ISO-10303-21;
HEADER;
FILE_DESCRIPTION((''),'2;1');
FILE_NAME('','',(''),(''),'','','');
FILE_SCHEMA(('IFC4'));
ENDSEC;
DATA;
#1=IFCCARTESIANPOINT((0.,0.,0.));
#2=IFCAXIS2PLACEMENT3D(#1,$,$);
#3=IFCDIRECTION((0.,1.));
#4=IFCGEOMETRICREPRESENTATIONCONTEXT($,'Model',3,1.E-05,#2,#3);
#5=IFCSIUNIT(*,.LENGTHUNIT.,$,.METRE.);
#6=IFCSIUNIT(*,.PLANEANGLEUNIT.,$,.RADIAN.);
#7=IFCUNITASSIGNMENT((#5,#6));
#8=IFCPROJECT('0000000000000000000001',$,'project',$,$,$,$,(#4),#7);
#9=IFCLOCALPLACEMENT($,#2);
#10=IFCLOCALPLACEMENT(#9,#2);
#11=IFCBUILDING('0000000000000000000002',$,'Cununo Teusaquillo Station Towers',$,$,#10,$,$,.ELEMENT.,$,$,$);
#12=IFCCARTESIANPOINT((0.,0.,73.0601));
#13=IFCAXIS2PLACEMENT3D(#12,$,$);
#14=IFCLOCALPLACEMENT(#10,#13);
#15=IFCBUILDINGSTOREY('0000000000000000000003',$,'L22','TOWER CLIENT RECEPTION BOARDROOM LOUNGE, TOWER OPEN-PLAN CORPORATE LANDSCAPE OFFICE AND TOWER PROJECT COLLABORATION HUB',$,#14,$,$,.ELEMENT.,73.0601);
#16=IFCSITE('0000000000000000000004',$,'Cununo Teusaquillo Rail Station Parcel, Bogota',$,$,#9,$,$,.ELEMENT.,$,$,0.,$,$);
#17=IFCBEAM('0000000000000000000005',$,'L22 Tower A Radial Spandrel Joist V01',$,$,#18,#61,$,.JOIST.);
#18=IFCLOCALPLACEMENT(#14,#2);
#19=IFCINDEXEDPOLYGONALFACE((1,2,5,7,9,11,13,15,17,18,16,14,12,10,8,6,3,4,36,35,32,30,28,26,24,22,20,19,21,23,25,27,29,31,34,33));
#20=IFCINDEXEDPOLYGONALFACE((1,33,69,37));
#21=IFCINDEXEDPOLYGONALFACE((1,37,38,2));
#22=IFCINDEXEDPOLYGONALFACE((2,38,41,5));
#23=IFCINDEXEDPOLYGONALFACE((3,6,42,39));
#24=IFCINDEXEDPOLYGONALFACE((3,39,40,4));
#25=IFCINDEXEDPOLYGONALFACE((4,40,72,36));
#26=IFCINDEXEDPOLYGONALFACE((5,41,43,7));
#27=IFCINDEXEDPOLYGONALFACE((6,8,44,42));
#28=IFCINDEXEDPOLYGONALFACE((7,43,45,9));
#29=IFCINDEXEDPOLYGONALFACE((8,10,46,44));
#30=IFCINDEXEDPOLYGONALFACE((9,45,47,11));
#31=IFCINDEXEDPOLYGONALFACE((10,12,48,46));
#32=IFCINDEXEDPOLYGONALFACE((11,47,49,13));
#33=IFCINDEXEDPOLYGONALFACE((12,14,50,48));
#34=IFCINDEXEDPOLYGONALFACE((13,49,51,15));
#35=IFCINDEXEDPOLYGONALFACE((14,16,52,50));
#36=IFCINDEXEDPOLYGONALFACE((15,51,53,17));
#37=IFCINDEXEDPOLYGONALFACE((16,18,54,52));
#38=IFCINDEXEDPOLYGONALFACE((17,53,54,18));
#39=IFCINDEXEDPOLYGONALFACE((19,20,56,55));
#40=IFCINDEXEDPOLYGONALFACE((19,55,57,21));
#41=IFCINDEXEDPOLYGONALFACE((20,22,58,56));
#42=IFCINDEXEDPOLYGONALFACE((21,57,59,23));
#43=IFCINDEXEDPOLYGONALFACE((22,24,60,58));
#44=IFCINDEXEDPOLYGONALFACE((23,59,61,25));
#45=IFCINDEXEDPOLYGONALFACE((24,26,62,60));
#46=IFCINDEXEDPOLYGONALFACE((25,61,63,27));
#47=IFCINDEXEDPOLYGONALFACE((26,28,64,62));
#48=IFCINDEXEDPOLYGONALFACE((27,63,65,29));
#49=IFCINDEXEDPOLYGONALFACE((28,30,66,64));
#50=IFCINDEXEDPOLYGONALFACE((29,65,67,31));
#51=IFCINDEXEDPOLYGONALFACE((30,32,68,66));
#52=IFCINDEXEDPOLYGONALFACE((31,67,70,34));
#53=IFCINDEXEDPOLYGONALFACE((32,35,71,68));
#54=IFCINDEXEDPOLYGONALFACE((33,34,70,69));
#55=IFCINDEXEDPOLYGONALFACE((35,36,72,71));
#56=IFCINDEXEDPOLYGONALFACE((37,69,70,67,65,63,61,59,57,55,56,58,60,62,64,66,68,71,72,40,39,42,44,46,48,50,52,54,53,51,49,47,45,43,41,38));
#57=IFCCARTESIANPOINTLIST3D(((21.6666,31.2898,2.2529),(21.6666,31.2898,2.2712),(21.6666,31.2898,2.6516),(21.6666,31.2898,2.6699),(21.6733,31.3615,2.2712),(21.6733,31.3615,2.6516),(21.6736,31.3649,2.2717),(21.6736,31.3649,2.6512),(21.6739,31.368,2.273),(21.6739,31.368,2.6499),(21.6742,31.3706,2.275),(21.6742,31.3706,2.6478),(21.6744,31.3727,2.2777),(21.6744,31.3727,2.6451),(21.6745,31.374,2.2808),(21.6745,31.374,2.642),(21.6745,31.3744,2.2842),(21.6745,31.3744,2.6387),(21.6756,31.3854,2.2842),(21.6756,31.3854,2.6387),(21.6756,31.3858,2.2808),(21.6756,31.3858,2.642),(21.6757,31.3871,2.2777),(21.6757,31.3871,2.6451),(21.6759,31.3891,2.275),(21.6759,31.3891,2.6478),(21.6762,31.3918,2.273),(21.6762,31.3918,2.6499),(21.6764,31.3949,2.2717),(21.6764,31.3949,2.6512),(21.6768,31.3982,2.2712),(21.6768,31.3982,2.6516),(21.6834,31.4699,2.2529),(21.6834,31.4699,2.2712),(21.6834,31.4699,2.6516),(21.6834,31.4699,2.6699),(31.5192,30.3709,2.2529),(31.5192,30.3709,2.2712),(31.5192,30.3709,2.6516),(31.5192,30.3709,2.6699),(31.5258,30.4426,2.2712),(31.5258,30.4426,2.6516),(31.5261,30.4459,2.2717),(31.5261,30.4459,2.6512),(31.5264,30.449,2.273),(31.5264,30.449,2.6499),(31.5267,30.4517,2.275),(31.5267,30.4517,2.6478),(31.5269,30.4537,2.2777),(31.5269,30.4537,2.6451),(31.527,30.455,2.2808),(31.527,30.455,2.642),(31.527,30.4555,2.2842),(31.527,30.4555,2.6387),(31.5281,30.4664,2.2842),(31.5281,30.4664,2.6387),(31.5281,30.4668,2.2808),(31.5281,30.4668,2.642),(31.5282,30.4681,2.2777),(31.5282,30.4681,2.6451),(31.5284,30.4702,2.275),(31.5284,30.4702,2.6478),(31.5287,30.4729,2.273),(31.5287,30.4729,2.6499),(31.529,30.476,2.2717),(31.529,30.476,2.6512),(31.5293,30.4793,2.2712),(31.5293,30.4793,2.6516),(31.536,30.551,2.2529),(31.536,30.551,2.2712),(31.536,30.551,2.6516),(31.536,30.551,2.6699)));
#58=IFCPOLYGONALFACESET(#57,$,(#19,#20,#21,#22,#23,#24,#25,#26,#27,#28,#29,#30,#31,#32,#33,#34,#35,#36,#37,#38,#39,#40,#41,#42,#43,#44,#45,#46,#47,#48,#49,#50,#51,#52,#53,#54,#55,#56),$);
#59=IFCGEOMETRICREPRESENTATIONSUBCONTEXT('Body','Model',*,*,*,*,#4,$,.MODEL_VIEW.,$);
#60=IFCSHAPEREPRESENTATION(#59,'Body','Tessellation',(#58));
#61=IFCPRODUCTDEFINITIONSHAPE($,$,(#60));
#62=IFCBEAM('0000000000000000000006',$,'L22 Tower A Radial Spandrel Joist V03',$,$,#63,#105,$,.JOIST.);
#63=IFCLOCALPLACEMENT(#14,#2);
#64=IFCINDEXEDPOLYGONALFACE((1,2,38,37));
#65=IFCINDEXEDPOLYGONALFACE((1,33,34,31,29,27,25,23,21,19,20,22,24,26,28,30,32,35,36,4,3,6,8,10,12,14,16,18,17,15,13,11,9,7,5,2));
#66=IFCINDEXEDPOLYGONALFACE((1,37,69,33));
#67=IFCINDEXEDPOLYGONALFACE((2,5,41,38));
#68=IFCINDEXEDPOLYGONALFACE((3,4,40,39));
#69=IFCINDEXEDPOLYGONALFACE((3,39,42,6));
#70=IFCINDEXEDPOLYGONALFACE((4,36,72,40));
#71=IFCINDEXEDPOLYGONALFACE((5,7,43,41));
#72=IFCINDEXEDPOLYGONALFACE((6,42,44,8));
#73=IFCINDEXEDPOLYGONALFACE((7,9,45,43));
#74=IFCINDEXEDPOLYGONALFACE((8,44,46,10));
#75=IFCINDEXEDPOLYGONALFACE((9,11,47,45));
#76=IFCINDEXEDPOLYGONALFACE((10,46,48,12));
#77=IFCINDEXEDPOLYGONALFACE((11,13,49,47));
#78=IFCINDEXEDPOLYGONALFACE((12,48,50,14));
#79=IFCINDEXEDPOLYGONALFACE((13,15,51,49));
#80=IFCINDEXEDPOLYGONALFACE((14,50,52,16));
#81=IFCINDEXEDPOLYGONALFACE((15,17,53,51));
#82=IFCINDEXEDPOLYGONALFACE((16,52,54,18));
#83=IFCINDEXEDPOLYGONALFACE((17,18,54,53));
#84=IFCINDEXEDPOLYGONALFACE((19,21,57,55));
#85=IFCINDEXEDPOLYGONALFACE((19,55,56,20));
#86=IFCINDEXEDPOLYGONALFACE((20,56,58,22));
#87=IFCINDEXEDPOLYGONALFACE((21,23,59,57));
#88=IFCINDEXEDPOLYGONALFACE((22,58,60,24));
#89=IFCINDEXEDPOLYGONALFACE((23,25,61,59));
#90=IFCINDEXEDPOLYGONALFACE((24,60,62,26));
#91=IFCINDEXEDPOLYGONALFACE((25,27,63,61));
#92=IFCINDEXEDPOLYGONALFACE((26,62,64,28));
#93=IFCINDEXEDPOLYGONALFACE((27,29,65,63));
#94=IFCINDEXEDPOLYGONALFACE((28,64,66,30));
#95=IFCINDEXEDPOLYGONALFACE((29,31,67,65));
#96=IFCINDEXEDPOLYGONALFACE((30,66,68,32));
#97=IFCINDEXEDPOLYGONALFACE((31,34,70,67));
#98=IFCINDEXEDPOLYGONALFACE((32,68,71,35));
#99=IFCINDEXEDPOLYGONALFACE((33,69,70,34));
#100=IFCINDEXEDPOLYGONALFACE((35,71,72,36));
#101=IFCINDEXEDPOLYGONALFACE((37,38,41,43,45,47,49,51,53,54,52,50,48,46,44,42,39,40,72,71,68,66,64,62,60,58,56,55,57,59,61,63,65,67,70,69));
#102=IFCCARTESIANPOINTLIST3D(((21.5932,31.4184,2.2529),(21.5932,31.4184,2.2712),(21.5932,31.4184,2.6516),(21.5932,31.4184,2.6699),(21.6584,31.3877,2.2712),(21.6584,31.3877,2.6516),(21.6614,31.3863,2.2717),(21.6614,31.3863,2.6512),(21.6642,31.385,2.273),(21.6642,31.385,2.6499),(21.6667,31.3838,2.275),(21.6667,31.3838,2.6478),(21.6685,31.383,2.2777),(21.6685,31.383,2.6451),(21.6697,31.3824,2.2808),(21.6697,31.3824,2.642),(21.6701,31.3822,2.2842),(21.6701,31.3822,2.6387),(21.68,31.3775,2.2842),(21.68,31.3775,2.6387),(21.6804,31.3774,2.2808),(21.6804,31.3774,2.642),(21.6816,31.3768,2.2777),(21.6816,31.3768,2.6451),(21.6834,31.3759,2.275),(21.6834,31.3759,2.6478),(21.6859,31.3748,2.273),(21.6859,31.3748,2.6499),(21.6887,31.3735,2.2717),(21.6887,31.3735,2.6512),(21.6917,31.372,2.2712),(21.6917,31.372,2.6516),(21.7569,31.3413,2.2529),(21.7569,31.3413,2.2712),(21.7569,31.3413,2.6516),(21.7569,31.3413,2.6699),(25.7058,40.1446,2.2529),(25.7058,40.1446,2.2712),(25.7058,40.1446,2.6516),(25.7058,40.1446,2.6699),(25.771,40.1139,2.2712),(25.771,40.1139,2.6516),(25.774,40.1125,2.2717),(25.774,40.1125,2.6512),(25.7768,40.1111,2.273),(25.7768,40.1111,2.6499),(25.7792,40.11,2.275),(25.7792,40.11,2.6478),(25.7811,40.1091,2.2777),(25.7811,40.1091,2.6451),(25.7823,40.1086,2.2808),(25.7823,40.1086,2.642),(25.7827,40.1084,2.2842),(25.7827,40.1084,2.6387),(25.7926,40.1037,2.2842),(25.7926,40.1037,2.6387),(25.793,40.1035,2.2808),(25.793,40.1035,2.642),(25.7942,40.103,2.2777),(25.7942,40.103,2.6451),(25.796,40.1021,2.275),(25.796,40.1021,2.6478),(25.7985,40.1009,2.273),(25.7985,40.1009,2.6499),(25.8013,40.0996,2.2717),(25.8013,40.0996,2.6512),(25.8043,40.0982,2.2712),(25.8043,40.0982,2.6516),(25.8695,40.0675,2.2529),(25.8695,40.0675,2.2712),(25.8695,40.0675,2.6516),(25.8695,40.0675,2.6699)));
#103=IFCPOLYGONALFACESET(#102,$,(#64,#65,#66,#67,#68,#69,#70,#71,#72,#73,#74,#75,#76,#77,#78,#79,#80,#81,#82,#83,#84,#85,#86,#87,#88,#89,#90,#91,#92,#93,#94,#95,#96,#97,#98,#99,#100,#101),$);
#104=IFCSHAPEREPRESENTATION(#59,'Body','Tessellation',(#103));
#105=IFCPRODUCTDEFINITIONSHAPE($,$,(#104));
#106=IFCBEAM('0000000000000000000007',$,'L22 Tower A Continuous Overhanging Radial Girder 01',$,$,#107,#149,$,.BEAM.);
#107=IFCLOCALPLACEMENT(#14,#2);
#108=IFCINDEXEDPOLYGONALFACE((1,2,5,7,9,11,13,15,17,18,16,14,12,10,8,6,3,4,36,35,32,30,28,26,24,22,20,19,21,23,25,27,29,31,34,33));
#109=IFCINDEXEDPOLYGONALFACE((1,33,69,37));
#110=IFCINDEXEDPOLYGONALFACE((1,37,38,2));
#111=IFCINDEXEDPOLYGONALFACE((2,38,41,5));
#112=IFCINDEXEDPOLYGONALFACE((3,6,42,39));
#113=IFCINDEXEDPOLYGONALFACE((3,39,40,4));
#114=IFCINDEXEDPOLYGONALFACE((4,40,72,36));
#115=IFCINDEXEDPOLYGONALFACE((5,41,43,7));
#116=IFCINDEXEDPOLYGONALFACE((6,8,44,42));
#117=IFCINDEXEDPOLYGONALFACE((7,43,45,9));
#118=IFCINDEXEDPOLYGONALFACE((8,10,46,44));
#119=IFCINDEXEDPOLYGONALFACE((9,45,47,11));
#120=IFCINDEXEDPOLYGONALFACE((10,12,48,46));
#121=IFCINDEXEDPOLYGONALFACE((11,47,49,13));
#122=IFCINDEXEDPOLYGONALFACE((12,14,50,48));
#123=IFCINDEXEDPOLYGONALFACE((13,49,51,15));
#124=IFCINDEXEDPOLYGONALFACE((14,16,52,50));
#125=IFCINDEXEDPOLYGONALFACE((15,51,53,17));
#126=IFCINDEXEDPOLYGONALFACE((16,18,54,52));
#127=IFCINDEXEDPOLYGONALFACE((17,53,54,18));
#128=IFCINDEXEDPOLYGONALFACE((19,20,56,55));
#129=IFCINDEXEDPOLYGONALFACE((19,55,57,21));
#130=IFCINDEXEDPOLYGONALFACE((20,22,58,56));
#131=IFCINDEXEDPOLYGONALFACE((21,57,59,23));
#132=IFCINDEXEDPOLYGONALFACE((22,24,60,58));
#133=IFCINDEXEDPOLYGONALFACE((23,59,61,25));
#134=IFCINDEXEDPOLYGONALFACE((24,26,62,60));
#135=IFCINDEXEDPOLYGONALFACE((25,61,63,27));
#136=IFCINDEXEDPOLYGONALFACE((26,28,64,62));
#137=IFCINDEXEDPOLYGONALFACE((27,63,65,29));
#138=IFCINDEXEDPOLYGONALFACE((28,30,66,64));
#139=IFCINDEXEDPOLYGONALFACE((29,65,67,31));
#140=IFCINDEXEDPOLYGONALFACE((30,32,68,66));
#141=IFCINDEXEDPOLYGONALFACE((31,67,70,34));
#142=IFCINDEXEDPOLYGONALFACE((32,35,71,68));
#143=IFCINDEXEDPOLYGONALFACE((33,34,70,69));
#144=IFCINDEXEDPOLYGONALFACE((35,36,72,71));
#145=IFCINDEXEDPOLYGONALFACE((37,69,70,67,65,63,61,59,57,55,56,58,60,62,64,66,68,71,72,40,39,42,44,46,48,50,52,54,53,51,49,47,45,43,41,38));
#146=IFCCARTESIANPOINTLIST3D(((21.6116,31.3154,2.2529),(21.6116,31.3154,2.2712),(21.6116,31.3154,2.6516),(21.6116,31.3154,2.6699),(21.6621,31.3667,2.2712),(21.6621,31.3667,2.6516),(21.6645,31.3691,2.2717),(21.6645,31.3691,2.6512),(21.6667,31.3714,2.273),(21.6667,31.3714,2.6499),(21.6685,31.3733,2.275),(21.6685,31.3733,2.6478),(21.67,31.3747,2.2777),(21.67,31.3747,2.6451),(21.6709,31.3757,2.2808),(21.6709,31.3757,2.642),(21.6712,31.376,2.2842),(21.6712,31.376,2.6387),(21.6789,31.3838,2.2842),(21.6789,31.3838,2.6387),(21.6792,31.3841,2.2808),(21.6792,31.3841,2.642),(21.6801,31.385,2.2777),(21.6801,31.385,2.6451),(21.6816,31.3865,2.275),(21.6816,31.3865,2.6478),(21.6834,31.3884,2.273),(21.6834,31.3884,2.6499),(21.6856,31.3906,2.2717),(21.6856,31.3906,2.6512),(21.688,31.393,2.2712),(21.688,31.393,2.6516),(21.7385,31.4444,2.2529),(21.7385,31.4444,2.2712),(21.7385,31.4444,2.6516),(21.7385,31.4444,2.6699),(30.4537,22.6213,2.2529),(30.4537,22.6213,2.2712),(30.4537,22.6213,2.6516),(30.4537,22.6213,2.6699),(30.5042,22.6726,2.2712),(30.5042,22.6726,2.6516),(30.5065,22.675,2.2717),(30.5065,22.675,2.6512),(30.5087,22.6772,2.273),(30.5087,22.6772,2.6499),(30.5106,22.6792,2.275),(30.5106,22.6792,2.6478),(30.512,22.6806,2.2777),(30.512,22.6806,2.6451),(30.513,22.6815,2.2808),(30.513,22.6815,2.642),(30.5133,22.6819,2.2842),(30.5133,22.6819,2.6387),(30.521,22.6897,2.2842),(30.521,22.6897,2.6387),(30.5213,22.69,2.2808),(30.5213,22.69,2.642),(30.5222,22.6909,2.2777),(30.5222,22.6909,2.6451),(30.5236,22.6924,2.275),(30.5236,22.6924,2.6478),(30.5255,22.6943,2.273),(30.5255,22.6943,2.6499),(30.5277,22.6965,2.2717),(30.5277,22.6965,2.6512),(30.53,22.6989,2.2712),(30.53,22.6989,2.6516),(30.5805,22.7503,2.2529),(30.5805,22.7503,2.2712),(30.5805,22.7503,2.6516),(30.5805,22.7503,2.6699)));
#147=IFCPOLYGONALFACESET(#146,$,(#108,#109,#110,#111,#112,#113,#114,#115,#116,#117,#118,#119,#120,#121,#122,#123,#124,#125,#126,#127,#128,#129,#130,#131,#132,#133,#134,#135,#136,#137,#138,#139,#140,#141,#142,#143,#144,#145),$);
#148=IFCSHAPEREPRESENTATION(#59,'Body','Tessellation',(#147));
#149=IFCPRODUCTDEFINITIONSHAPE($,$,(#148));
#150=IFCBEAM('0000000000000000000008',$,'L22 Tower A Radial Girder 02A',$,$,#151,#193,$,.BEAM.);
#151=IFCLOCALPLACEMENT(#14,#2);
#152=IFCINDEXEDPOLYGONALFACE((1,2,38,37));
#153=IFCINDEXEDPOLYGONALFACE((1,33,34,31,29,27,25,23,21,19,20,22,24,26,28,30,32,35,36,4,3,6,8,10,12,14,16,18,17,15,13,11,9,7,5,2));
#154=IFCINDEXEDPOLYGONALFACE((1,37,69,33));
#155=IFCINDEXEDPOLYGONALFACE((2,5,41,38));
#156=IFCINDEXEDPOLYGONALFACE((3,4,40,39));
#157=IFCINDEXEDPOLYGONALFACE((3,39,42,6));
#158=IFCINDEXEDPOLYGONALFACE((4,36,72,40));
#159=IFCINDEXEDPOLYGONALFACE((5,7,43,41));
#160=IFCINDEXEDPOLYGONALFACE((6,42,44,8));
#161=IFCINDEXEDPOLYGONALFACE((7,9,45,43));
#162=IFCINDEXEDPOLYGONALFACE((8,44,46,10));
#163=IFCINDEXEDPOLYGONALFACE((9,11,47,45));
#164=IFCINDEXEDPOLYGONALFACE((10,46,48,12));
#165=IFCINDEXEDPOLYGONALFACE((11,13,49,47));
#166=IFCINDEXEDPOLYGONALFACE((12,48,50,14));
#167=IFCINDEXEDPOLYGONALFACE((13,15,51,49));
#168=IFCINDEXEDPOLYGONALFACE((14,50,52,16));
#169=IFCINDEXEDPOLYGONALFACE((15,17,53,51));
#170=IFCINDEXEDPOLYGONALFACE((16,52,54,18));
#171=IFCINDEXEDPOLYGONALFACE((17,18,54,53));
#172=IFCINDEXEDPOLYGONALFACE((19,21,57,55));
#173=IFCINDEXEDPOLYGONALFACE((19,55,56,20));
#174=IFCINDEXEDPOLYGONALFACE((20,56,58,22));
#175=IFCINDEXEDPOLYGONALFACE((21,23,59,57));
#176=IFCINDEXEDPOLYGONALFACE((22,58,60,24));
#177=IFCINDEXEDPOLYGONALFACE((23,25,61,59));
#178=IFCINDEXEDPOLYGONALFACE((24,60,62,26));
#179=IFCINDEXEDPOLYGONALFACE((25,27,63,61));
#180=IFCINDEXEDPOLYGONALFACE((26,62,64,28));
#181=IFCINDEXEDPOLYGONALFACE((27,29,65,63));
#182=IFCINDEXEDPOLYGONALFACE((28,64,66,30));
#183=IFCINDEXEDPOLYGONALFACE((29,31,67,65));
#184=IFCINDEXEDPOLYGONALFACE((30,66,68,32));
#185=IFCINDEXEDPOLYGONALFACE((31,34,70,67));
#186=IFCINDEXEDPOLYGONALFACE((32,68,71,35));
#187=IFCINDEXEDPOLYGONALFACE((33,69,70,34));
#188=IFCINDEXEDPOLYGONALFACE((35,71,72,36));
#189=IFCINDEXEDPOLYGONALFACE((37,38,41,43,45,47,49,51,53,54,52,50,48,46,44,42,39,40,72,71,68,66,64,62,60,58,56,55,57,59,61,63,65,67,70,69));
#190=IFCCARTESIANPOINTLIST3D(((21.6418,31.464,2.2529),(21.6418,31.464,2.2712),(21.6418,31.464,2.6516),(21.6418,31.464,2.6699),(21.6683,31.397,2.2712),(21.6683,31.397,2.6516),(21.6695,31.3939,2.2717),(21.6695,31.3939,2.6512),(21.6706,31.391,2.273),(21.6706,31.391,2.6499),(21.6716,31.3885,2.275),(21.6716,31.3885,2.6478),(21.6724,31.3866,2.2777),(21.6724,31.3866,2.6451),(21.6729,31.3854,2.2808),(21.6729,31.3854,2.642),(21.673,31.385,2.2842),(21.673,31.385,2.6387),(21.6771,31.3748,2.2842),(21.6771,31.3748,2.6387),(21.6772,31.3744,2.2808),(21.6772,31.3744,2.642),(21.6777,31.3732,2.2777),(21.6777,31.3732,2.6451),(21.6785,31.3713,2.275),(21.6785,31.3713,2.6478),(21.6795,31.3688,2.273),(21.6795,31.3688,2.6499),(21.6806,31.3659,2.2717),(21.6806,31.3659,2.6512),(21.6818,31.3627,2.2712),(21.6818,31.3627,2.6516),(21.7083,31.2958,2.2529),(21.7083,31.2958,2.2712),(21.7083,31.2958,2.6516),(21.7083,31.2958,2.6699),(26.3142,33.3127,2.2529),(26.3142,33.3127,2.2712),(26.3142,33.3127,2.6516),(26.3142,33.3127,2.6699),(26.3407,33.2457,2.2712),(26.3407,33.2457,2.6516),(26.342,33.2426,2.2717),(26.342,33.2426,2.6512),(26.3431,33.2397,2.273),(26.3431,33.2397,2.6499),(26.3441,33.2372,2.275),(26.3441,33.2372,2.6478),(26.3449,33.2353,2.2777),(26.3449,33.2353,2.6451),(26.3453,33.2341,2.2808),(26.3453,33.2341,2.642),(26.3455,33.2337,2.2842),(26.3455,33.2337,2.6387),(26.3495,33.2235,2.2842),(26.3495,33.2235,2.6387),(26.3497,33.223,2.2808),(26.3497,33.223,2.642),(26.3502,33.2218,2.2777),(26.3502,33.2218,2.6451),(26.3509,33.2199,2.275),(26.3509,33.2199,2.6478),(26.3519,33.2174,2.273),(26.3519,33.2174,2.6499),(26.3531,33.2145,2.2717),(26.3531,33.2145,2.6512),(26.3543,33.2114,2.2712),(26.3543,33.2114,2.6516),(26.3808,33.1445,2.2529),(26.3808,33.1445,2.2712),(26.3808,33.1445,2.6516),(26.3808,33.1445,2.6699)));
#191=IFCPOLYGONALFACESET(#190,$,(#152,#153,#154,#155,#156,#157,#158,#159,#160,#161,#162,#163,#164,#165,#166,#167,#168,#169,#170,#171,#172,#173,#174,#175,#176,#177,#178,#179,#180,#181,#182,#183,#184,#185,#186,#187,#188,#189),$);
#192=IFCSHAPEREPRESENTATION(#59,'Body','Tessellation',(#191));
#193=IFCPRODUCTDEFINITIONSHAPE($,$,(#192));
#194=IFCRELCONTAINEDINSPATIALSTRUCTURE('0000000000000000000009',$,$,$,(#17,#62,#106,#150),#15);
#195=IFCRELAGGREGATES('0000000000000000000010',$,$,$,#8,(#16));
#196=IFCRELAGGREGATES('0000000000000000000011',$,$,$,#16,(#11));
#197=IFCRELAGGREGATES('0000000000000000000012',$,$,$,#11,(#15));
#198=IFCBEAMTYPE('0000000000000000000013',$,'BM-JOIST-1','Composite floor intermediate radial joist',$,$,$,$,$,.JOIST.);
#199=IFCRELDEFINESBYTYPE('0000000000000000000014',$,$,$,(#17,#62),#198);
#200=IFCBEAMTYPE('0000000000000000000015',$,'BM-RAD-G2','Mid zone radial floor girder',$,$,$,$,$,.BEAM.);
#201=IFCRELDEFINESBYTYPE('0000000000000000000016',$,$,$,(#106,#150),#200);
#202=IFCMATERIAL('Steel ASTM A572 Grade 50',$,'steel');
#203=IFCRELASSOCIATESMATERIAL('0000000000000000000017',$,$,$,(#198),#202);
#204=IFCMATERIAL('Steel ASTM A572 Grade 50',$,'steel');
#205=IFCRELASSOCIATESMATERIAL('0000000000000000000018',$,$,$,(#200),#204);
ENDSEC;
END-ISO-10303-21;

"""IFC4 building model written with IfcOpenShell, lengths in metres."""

from ifc_helpers import new_model, si_unit, direction, frame, origin, origin_2d, place, context, subcontext, project, spatial, i_section, extrude, material, material_profile, profile_set, type_object, element, save


model = new_model("IFC4")

# Units and contexts
model_context = context("Model", 3, precision=1e-05, world=origin(), true_north=direction((0.0, 1.0)))
body_context = subcontext(model_context, "Body", "Model", "MODEL_VIEW")
ifc_project = project(units=[si_unit("LENGTHUNIT", "METRE"), si_unit("PLANEANGLEUNIT", "RADIAN")], contexts=[model_context])

# Site, building, storey
site_placement = place(None, origin())
site = spatial("IfcSite", under=ifc_project, at=site_placement, Name="Cununo Teusaquillo Rail Station Parcel, Bogota", CompositionType="ELEMENT", RefElevation=0.0)
building_placement = place(site_placement, origin())
building = spatial("IfcBuilding", under=site, at=building_placement, Name="Cununo Teusaquillo Station Towers", CompositionType="ELEMENT")
storey_placement = place(building_placement, frame((0.0, 0.0, 73.0601)))
storey = spatial("IfcBuildingStorey", under=building, at=storey_placement, Name="L22", Description="TOWER CLIENT RECEPTION BOARDROOM LOUNGE, TOWER OPEN-PLAN CORPORATE LANDSCAPE OFFICE AND TOWER PROJECT COLLABORATION HUB", CompositionType="ELEMENT", Elevation=73.0601)

# Beams
ifc_material_1 = material(Name="Steel ASTM A572 Grade 50", Category="steel")
ifc_material_profile_1 = material_profile(ifc_material_1, i_section(OverallWidth=0.1809, OverallDepth=0.417, WebThickness=0.011, FlangeThickness=0.0183, FilletRadius=0.0129, at=origin_2d()), Name="W16X57")
ifc_profile_set_1 = profile_set([ifc_material_profile_1], Name="Steel ASTM A572 Grade 50")
beam_type_1 = type_object("IfcBeamType", Name="BM-JOIST-1", Description="Composite floor intermediate radial joist", PredefinedType="JOIST", material=ifc_profile_set_1)
beam_1_placement = place(storey_placement, frame((21.675, 31.3799, 2.4614), z_axis=(0.995679, -0.092867, 0.0), x_axis=(0.092867, 0.995679, 0.0)))
element("IfcBeam", 1, at=beam_1_placement, inside=storey, type_object=beam_type_1, Name="L22 Tower A Radial Spandrel Joist V01", PredefinedType="JOIST", context=body_context, shape_type="SweptSolid", body=[
    extrude(i_section(OverallWidth=0.1809, OverallDepth=0.417, WebThickness=0.011, FlangeThickness=0.0183, FilletRadius=0.0129, at=origin_2d()), origin(), (0.0, 0.0, 1.0), 9.8953),
])
beam_2_placement = place(storey_placement, frame((21.675, 31.3799, 2.4614), z_axis=(0.42632, 0.904572, 0.0), x_axis=(-0.904572, 0.42632, 0.0)))
element("IfcBeam", 2, at=beam_2_placement, inside=storey, type_object=beam_type_1, Name="L22 Tower A Radial Spandrel Joist V03", PredefinedType="JOIST", context=body_context, shape_type="SweptSolid", body=[
    extrude(i_section(OverallWidth=0.1809, OverallDepth=0.417, WebThickness=0.011, FlangeThickness=0.0183, FilletRadius=0.0129, at=origin_2d()), origin(), (0.0, 0.0, 1.0), 9.6467),
])
ifc_material_2 = material(Name="Steel ASTM A572 Grade 50", Category="steel")
ifc_material_profile_2 = material_profile(ifc_material_2, i_section(OverallWidth=0.1809, OverallDepth=0.417, WebThickness=0.011, FlangeThickness=0.0183, FilletRadius=0.0129, at=origin_2d()), Name="W16X57")
ifc_profile_set_2 = profile_set([ifc_material_profile_2], Name="Steel ASTM A572 Grade 50")
beam_type_2 = type_object("IfcBeamType", Name="BM-RAD-G2", Description="Mid zone radial floor girder", PredefinedType="BEAM", material=ifc_profile_set_2)
beam_3_placement = place(storey_placement, frame((21.675, 31.3799, 2.4614), z_axis=(0.713047, -0.701116, 0.0), x_axis=(0.701116, 0.713047, 0.0)))
element("IfcBeam", 3, at=beam_3_placement, inside=storey, type_object=beam_type_2, Name="L22 Tower A Continuous Overhanging Radial Girder 01", PredefinedType="BEAM", context=body_context, shape_type="SweptSolid", body=[
    extrude(i_section(OverallWidth=0.1809, OverallDepth=0.417, WebThickness=0.011, FlangeThickness=0.0183, FilletRadius=0.0129, at=origin_2d()), origin(), (0.0, 0.0, 1.0), 12.4004),
])
beam_4_placement = place(storey_placement, frame((21.675, 31.3799, 2.4614), z_axis=(0.929864, 0.367903, 0.0), x_axis=(-0.367903, 0.929864, 0.0)))
element("IfcBeam", 4, at=beam_4_placement, inside=storey, type_object=beam_type_2, Name="L22 Tower A Radial Girder 02A", PredefinedType="BEAM", context=body_context, shape_type="SweptSolid", body=[
    extrude(i_section(OverallWidth=0.1809, OverallDepth=0.417, WebThickness=0.011, FlangeThickness=0.0183, FilletRadius=0.0129, at=origin_2d()), origin(), (0.0, 0.0, 1.0), 5.0249),
])

save(model, "model.ifc")
